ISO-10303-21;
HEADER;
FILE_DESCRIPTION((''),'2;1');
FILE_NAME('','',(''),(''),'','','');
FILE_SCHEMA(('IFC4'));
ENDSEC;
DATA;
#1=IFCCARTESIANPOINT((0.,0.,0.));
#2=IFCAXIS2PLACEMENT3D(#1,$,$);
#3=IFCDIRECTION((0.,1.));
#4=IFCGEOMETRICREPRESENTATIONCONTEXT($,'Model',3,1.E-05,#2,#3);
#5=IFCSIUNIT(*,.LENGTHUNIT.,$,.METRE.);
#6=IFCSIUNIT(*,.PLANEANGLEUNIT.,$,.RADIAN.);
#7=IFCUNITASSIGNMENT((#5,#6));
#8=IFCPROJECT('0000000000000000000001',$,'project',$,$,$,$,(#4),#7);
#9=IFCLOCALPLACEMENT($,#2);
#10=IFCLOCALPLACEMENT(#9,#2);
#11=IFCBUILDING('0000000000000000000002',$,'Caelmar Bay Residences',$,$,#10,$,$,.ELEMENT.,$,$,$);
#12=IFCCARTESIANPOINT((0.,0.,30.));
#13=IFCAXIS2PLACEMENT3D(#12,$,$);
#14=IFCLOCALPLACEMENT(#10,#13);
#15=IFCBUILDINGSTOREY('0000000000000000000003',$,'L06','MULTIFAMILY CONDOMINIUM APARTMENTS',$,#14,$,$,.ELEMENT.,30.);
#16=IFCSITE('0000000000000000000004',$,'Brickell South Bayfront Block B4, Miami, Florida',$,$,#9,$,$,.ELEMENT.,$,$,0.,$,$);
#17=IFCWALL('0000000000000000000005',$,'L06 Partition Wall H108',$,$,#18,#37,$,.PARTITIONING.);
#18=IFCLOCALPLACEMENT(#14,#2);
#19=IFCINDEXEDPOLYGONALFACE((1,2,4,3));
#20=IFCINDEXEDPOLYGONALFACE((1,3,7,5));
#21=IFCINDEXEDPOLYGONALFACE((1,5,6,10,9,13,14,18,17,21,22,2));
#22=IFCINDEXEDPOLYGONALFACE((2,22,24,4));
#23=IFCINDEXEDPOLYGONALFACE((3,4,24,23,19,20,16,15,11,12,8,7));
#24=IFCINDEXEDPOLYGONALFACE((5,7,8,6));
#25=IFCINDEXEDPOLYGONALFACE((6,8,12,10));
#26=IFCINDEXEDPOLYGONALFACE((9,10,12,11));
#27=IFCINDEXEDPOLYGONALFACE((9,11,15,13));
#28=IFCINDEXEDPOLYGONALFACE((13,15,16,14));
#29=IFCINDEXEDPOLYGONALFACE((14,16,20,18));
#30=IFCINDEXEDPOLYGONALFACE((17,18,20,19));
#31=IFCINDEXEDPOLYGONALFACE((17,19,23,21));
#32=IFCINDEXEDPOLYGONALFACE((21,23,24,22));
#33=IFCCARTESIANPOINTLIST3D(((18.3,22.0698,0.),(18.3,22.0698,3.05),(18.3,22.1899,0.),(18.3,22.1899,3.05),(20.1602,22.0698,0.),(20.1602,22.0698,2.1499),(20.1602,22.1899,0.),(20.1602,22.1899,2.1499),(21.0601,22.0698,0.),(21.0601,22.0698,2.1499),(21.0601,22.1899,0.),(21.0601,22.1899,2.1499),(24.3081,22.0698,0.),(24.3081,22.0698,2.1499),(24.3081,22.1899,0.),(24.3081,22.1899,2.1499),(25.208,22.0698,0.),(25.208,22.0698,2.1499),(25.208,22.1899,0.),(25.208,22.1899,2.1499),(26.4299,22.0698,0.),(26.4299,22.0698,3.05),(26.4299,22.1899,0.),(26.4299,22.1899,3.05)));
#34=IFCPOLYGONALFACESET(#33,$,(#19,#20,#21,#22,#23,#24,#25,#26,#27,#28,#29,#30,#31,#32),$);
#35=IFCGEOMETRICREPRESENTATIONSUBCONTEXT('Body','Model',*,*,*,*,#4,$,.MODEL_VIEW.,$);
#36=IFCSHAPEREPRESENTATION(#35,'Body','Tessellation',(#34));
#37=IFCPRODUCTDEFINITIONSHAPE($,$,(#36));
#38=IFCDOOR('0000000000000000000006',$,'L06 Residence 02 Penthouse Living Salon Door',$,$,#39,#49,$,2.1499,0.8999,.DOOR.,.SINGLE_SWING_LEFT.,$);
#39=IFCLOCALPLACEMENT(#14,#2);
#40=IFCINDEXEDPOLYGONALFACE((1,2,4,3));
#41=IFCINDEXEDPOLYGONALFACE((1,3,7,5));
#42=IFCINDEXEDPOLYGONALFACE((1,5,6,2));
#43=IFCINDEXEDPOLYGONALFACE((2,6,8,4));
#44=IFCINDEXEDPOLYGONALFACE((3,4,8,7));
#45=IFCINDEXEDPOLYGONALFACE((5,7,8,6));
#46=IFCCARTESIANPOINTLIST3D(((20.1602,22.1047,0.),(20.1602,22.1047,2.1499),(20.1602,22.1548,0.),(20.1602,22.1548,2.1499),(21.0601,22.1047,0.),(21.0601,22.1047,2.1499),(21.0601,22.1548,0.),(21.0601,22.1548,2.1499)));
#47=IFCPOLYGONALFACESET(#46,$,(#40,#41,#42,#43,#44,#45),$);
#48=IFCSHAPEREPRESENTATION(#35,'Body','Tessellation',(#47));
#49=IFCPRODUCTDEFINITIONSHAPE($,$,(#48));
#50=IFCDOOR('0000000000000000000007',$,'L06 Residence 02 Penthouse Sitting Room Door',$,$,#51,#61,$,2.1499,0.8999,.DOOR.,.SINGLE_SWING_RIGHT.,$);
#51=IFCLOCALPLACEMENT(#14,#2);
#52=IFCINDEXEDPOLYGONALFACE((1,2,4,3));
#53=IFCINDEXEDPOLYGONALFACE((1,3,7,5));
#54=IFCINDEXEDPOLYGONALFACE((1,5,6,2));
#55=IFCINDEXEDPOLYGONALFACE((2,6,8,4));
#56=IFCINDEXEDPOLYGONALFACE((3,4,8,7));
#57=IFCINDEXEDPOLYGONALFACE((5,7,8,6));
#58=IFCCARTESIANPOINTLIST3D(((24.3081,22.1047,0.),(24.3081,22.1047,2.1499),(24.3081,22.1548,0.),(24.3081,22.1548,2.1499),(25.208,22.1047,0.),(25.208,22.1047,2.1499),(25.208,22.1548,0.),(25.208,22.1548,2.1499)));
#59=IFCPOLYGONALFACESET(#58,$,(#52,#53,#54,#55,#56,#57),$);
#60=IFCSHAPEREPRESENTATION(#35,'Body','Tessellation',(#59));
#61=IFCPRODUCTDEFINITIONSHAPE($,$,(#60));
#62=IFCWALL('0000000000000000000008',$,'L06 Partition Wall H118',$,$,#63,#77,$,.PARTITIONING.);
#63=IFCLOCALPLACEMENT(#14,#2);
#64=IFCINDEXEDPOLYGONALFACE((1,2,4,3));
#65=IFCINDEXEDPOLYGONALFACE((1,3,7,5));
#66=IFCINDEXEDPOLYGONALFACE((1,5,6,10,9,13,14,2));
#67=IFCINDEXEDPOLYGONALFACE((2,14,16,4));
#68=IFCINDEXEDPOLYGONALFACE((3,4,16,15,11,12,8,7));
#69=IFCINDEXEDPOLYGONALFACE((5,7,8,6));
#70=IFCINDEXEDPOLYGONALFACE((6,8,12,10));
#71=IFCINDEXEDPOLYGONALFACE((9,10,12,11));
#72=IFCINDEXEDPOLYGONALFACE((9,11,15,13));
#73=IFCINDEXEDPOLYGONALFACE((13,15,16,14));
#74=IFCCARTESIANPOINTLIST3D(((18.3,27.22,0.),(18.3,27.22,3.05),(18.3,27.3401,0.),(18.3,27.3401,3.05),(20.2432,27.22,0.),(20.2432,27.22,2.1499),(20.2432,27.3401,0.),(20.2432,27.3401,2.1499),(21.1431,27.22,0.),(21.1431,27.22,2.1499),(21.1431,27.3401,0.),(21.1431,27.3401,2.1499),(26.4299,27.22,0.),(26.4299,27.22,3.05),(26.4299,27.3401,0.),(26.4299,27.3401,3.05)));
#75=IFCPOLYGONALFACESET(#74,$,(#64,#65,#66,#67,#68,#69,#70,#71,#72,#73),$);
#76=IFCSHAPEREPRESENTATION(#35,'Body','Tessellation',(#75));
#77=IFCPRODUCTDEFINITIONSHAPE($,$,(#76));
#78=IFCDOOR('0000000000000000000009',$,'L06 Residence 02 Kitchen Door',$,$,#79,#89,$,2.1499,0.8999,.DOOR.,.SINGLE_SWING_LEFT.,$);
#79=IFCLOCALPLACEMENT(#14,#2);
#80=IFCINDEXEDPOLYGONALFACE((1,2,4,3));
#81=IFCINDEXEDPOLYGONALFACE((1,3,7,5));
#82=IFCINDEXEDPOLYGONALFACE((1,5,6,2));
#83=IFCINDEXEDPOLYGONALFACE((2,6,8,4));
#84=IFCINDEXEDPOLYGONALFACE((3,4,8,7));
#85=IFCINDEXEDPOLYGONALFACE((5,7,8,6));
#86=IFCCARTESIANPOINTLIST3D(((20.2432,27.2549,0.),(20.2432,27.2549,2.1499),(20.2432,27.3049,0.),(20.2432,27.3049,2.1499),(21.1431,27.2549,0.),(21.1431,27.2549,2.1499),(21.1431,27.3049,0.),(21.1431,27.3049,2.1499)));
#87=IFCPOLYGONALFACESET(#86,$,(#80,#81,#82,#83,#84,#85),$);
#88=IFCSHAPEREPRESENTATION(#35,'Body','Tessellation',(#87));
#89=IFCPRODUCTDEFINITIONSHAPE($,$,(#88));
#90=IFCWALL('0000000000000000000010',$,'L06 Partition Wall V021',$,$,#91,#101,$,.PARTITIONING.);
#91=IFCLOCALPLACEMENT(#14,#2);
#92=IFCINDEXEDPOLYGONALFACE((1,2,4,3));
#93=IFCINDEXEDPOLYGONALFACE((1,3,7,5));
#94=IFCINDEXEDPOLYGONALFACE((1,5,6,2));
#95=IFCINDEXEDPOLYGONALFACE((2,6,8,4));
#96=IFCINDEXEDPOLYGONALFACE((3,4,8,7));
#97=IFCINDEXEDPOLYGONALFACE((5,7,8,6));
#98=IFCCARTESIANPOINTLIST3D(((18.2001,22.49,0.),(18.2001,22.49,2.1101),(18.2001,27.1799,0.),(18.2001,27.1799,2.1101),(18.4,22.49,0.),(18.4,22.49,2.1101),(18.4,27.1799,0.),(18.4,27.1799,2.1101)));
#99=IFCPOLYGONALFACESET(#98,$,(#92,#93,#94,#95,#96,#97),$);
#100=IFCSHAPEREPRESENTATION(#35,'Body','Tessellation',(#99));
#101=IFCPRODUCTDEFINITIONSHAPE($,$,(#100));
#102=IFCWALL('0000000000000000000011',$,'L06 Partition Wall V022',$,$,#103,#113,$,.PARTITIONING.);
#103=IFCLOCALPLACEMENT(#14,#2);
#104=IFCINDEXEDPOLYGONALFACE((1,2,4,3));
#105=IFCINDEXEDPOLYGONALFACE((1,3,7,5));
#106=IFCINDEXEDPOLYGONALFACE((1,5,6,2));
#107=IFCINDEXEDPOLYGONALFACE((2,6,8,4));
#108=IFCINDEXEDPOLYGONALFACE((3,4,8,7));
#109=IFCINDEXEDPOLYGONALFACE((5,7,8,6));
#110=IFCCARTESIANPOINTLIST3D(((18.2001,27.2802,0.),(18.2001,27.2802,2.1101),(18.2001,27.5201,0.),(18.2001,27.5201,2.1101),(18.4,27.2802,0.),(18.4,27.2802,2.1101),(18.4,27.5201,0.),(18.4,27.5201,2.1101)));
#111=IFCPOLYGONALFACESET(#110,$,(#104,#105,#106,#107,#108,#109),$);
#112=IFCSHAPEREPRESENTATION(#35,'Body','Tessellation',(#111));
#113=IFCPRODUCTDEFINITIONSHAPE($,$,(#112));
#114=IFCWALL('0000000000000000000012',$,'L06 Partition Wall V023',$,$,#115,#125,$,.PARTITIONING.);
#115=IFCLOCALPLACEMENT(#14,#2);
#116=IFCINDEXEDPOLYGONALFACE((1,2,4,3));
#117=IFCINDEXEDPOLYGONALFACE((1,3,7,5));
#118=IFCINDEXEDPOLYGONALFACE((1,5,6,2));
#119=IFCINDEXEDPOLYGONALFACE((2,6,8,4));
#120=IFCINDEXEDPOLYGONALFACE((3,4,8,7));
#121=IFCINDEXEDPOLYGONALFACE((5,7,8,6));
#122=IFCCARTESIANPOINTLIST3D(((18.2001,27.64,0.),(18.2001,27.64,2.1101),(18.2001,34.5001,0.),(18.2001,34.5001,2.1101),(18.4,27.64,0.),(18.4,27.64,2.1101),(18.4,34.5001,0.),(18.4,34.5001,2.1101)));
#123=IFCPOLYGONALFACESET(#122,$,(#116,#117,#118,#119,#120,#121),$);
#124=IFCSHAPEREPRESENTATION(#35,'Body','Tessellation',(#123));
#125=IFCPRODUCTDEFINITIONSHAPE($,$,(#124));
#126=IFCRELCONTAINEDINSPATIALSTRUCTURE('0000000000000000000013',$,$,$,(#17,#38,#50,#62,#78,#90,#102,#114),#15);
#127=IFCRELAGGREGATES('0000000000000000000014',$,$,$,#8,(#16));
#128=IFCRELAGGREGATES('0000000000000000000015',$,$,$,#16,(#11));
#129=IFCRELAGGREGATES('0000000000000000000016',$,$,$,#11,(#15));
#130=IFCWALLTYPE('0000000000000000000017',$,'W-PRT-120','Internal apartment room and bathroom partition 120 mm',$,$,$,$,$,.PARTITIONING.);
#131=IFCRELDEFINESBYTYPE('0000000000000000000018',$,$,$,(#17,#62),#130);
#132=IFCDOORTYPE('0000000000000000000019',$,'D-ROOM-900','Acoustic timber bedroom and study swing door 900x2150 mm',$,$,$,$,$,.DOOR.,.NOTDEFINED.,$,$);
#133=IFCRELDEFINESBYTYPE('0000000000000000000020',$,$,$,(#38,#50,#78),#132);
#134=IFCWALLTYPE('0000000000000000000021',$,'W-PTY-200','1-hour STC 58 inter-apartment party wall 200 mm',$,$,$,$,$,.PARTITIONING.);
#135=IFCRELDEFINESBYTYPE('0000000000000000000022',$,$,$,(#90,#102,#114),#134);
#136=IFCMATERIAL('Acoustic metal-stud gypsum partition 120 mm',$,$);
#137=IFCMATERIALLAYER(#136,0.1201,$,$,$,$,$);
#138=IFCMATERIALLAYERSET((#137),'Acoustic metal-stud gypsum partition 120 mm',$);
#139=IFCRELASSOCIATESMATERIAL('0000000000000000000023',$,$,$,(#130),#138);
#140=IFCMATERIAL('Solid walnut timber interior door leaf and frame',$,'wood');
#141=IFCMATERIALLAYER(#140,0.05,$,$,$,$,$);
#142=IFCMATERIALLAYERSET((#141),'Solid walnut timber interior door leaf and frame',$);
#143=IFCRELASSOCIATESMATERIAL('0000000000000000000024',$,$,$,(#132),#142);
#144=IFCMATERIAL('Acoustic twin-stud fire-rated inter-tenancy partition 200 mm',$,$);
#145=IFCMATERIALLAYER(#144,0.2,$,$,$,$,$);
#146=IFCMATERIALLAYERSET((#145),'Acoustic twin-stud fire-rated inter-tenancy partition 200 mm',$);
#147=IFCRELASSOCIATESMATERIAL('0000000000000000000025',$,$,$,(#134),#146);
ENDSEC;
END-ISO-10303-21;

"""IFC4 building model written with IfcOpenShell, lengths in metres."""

from ifc_helpers import new_model, si_unit, direction, frame, frame_2d, origin, place, context, subcontext, project, spatial, rectangle, extrude, material, layer, layer_set, type_object, element, fill, save


model = new_model("IFC4")

# Units and contexts
model_context = context("Model", 3, precision=1e-05, world=origin(), true_north=direction((0.0, 1.0)))
body_context = subcontext(model_context, "Body", "Model", "MODEL_VIEW")
ifc_project = project(units=[si_unit("LENGTHUNIT", "METRE"), si_unit("PLANEANGLEUNIT", "RADIAN")], contexts=[model_context])

# Site, building, storey
site_placement = place(None, origin())
site = spatial("IfcSite", under=ifc_project, at=site_placement, Name="Brickell South Bayfront Block B4, Miami, Florida", CompositionType="ELEMENT", RefElevation=0.0)
building_placement = place(site_placement, origin())
building = spatial("IfcBuilding", under=site, at=building_placement, Name="Caelmar Bay Residences", CompositionType="ELEMENT")
storey_placement = place(building_placement, frame((0.0, 0.0, 30.0)))
storey = spatial("IfcBuildingStorey", under=building, at=storey_placement, Name="L06", Description="MULTIFAMILY CONDOMINIUM APARTMENTS", CompositionType="ELEMENT", Elevation=30.0)

# Shared definitions
ifc_material_1 = material(Name="Acoustic metal-stud gypsum partition 120 mm")
ifc_layer_1 = layer(ifc_material_1, 0.1201)
ifc_layer_set_1 = layer_set([ifc_layer_1], Name="Acoustic metal-stud gypsum partition 120 mm")
wall_type_1 = type_object("IfcWallType", Name="W-PRT-120", Description="Internal apartment room and bathroom partition 120 mm", PredefinedType="PARTITIONING", material=ifc_layer_set_1)

# Shared definitions
ifc_material_2 = material(Name="Solid walnut timber interior door leaf and frame", Category="wood")
ifc_layer_2 = layer(ifc_material_2, 0.05)
ifc_layer_set_2 = layer_set([ifc_layer_2], Name="Solid walnut timber interior door leaf and frame")
door_type = type_object("IfcDoorType", Name="D-ROOM-900", Description="Acoustic timber bedroom and study swing door 900x2150 mm", OperationType="NOTDEFINED", PredefinedType="DOOR", material=ifc_layer_set_2)

# Wall, openings, doors
wall_1_placement = place(storey_placement, frame((18.3, 22.1299, 0.0), z_axis=(0.0, 0.0, 1.0), x_axis=(1.0, 0.0, 0.0)))
wall_1 = element("IfcWall", 1, at=wall_1_placement, inside=storey, type_object=wall_type_1, Name="L06 Partition Wall H108", PredefinedType="PARTITIONING", context=body_context, shape_type="SweptSolid", body=[
    extrude(rectangle(XDim=8.1299, YDim=0.1201, at=frame_2d((4.0649, 0.0))), origin(), (0.0, 0.0, 1.0), 3.05),
])
opening_1_placement = place(wall_1_placement, frame((1.8601, 0.0, 0.0)))
opening_1 = element("IfcOpeningElement", 2, at=opening_1_placement, cuts=wall_1, PredefinedType="OPENING", context=body_context, shape_type="SweptSolid", body=[
    extrude(rectangle(XDim=0.8999, YDim=2.1499, at=frame_2d((0.45, 1.075))), frame((0.0, 0.0701, 0.0), z_axis=(0.0, -1.0, 0.0), x_axis=(1.0, 0.0, 0.0)), (0.0, 0.0, 1.0), 0.1401),
])
opening_2_placement = place(wall_1_placement, frame((6.0081, 0.0, 0.0)))
opening_2 = element("IfcOpeningElement", 3, at=opening_2_placement, cuts=wall_1, PredefinedType="OPENING", context=body_context, shape_type="SweptSolid", body=[
    extrude(rectangle(XDim=0.8999, YDim=2.1499, at=frame_2d((0.45, 1.075))), frame((0.0, 0.0701, 0.0), z_axis=(0.0, -1.0, 0.0), x_axis=(1.0, 0.0, 0.0)), (0.0, 0.0, 1.0), 0.1401),
])
door_1_placement = place(opening_1_placement, origin())
door_1 = element("IfcDoor", 4, at=door_1_placement, inside=storey, type_object=door_type, Name="L06 Residence 02 Penthouse Living Salon Door", OperationType="SINGLE_SWING_LEFT", OverallHeight=2.1499, OverallWidth=0.8999, PredefinedType="DOOR", context=body_context, shape_type="SweptSolid", body=[
    extrude(rectangle(XDim=0.8999, YDim=2.1499, at=frame_2d((0.45, 1.075))), frame((0.0, 0.0249, 0.0), z_axis=(0.0, -1.0, 0.0), x_axis=(1.0, 0.0, 0.0)), (0.0, 0.0, 1.0), 0.05),
])
fill(opening_1, door_1)
door_2_placement = place(opening_2_placement, origin())
door_2 = element("IfcDoor", 5, at=door_2_placement, inside=storey, type_object=door_type, Name="L06 Residence 02 Penthouse Sitting Room Door", OperationType="SINGLE_SWING_RIGHT", OverallHeight=2.1499, OverallWidth=0.8999, PredefinedType="DOOR", context=body_context, shape_type="SweptSolid", body=[
    extrude(rectangle(XDim=0.8999, YDim=2.1499, at=frame_2d((0.45, 1.075))), frame((0.0, 0.0249, 0.0), z_axis=(0.0, -1.0, 0.0), x_axis=(1.0, 0.0, 0.0)), (0.0, 0.0, 1.0), 0.05),
])
fill(opening_2, door_2)

# Wall, opening, door
wall_2_placement = place(storey_placement, frame((18.3, 27.28, 0.0), z_axis=(0.0, 0.0, 1.0), x_axis=(1.0, 0.0, 0.0)))
wall_2 = element("IfcWall", 6, at=wall_2_placement, inside=storey, type_object=wall_type_1, Name="L06 Partition Wall H118", PredefinedType="PARTITIONING", context=body_context, shape_type="SweptSolid", body=[
    extrude(rectangle(XDim=8.1299, YDim=0.1201, at=frame_2d((4.0649, 0.0))), origin(), (0.0, 0.0, 1.0), 3.05),
])
opening_3_placement = place(wall_2_placement, frame((1.9431, 0.0, 0.0)))
opening_3 = element("IfcOpeningElement", 7, at=opening_3_placement, cuts=wall_2, PredefinedType="OPENING", context=body_context, shape_type="SweptSolid", body=[
    extrude(rectangle(XDim=0.8999, YDim=2.1499, at=frame_2d((0.45, 1.075))), frame((0.0, 0.0701, 0.0), z_axis=(0.0, -1.0, 0.0), x_axis=(1.0, 0.0, 0.0)), (0.0, 0.0, 1.0), 0.1401),
])
door_3_placement = place(opening_3_placement, origin())
door_3 = element("IfcDoor", 8, at=door_3_placement, inside=storey, type_object=door_type, Name="L06 Residence 02 Kitchen Door", OperationType="SINGLE_SWING_LEFT", OverallHeight=2.1499, OverallWidth=0.8999, PredefinedType="DOOR", context=body_context, shape_type="SweptSolid", body=[
    extrude(rectangle(XDim=0.8999, YDim=2.1499, at=frame_2d((0.45, 1.075))), frame((0.0, 0.0249, 0.0), z_axis=(0.0, -1.0, 0.0), x_axis=(1.0, 0.0, 0.0)), (0.0, 0.0, 1.0), 0.05),
])
fill(opening_3, door_3)

# Walls
ifc_material_3 = material(Name="Acoustic twin-stud fire-rated inter-tenancy partition 200 mm")
ifc_layer_3 = layer(ifc_material_3, 0.2)
ifc_layer_set_3 = layer_set([ifc_layer_3], Name="Acoustic twin-stud fire-rated inter-tenancy partition 200 mm")
wall_type_2 = type_object("IfcWallType", Name="W-PTY-200", Description="1-hour STC 58 inter-apartment party wall 200 mm", PredefinedType="PARTITIONING", material=ifc_layer_set_3)
wall_3_placement = place(storey_placement, frame((18.3, 22.49, 0.0), z_axis=(0.0, 0.0, 1.0), x_axis=(0.0, 1.0, 0.0)))
element("IfcWall", 9, at=wall_3_placement, inside=storey, type_object=wall_type_2, Name="L06 Partition Wall V021", PredefinedType="PARTITIONING", context=body_context, shape_type="SweptSolid", body=[
    extrude(rectangle(XDim=4.6899, YDim=0.2, at=frame_2d((2.345, 0.0))), origin(), (0.0, 0.0, 1.0), 2.1101),
])
wall_4_placement = place(storey_placement, frame((18.3, 27.28, 0.0), z_axis=(0.0, 0.0, 1.0), x_axis=(0.0, 1.0, 0.0)))
element("IfcWall", 10, at=wall_4_placement, inside=storey, type_object=wall_type_2, Name="L06 Partition Wall V022", PredefinedType="PARTITIONING", context=body_context, shape_type="SweptSolid", body=[
    extrude(rectangle(XDim=0.24, YDim=0.2, at=frame_2d((0.1201, 0.0))), origin(), (0.0, 0.0, 1.0), 2.1101),
])
wall_5_placement = place(storey_placement, frame((18.3, 27.6399, 0.0), z_axis=(0.0, 0.0, 1.0), x_axis=(0.0, 1.0, 0.0)))
element("IfcWall", 11, at=wall_5_placement, inside=storey, type_object=wall_type_2, Name="L06 Partition Wall V023", PredefinedType="PARTITIONING", context=body_context, shape_type="SweptSolid", body=[
    extrude(rectangle(XDim=6.8601, YDim=0.2, at=frame_2d((3.4302, 0.0))), origin(), (0.0, 0.0, 1.0), 2.1101),
])

save(model, "model.ifc")
